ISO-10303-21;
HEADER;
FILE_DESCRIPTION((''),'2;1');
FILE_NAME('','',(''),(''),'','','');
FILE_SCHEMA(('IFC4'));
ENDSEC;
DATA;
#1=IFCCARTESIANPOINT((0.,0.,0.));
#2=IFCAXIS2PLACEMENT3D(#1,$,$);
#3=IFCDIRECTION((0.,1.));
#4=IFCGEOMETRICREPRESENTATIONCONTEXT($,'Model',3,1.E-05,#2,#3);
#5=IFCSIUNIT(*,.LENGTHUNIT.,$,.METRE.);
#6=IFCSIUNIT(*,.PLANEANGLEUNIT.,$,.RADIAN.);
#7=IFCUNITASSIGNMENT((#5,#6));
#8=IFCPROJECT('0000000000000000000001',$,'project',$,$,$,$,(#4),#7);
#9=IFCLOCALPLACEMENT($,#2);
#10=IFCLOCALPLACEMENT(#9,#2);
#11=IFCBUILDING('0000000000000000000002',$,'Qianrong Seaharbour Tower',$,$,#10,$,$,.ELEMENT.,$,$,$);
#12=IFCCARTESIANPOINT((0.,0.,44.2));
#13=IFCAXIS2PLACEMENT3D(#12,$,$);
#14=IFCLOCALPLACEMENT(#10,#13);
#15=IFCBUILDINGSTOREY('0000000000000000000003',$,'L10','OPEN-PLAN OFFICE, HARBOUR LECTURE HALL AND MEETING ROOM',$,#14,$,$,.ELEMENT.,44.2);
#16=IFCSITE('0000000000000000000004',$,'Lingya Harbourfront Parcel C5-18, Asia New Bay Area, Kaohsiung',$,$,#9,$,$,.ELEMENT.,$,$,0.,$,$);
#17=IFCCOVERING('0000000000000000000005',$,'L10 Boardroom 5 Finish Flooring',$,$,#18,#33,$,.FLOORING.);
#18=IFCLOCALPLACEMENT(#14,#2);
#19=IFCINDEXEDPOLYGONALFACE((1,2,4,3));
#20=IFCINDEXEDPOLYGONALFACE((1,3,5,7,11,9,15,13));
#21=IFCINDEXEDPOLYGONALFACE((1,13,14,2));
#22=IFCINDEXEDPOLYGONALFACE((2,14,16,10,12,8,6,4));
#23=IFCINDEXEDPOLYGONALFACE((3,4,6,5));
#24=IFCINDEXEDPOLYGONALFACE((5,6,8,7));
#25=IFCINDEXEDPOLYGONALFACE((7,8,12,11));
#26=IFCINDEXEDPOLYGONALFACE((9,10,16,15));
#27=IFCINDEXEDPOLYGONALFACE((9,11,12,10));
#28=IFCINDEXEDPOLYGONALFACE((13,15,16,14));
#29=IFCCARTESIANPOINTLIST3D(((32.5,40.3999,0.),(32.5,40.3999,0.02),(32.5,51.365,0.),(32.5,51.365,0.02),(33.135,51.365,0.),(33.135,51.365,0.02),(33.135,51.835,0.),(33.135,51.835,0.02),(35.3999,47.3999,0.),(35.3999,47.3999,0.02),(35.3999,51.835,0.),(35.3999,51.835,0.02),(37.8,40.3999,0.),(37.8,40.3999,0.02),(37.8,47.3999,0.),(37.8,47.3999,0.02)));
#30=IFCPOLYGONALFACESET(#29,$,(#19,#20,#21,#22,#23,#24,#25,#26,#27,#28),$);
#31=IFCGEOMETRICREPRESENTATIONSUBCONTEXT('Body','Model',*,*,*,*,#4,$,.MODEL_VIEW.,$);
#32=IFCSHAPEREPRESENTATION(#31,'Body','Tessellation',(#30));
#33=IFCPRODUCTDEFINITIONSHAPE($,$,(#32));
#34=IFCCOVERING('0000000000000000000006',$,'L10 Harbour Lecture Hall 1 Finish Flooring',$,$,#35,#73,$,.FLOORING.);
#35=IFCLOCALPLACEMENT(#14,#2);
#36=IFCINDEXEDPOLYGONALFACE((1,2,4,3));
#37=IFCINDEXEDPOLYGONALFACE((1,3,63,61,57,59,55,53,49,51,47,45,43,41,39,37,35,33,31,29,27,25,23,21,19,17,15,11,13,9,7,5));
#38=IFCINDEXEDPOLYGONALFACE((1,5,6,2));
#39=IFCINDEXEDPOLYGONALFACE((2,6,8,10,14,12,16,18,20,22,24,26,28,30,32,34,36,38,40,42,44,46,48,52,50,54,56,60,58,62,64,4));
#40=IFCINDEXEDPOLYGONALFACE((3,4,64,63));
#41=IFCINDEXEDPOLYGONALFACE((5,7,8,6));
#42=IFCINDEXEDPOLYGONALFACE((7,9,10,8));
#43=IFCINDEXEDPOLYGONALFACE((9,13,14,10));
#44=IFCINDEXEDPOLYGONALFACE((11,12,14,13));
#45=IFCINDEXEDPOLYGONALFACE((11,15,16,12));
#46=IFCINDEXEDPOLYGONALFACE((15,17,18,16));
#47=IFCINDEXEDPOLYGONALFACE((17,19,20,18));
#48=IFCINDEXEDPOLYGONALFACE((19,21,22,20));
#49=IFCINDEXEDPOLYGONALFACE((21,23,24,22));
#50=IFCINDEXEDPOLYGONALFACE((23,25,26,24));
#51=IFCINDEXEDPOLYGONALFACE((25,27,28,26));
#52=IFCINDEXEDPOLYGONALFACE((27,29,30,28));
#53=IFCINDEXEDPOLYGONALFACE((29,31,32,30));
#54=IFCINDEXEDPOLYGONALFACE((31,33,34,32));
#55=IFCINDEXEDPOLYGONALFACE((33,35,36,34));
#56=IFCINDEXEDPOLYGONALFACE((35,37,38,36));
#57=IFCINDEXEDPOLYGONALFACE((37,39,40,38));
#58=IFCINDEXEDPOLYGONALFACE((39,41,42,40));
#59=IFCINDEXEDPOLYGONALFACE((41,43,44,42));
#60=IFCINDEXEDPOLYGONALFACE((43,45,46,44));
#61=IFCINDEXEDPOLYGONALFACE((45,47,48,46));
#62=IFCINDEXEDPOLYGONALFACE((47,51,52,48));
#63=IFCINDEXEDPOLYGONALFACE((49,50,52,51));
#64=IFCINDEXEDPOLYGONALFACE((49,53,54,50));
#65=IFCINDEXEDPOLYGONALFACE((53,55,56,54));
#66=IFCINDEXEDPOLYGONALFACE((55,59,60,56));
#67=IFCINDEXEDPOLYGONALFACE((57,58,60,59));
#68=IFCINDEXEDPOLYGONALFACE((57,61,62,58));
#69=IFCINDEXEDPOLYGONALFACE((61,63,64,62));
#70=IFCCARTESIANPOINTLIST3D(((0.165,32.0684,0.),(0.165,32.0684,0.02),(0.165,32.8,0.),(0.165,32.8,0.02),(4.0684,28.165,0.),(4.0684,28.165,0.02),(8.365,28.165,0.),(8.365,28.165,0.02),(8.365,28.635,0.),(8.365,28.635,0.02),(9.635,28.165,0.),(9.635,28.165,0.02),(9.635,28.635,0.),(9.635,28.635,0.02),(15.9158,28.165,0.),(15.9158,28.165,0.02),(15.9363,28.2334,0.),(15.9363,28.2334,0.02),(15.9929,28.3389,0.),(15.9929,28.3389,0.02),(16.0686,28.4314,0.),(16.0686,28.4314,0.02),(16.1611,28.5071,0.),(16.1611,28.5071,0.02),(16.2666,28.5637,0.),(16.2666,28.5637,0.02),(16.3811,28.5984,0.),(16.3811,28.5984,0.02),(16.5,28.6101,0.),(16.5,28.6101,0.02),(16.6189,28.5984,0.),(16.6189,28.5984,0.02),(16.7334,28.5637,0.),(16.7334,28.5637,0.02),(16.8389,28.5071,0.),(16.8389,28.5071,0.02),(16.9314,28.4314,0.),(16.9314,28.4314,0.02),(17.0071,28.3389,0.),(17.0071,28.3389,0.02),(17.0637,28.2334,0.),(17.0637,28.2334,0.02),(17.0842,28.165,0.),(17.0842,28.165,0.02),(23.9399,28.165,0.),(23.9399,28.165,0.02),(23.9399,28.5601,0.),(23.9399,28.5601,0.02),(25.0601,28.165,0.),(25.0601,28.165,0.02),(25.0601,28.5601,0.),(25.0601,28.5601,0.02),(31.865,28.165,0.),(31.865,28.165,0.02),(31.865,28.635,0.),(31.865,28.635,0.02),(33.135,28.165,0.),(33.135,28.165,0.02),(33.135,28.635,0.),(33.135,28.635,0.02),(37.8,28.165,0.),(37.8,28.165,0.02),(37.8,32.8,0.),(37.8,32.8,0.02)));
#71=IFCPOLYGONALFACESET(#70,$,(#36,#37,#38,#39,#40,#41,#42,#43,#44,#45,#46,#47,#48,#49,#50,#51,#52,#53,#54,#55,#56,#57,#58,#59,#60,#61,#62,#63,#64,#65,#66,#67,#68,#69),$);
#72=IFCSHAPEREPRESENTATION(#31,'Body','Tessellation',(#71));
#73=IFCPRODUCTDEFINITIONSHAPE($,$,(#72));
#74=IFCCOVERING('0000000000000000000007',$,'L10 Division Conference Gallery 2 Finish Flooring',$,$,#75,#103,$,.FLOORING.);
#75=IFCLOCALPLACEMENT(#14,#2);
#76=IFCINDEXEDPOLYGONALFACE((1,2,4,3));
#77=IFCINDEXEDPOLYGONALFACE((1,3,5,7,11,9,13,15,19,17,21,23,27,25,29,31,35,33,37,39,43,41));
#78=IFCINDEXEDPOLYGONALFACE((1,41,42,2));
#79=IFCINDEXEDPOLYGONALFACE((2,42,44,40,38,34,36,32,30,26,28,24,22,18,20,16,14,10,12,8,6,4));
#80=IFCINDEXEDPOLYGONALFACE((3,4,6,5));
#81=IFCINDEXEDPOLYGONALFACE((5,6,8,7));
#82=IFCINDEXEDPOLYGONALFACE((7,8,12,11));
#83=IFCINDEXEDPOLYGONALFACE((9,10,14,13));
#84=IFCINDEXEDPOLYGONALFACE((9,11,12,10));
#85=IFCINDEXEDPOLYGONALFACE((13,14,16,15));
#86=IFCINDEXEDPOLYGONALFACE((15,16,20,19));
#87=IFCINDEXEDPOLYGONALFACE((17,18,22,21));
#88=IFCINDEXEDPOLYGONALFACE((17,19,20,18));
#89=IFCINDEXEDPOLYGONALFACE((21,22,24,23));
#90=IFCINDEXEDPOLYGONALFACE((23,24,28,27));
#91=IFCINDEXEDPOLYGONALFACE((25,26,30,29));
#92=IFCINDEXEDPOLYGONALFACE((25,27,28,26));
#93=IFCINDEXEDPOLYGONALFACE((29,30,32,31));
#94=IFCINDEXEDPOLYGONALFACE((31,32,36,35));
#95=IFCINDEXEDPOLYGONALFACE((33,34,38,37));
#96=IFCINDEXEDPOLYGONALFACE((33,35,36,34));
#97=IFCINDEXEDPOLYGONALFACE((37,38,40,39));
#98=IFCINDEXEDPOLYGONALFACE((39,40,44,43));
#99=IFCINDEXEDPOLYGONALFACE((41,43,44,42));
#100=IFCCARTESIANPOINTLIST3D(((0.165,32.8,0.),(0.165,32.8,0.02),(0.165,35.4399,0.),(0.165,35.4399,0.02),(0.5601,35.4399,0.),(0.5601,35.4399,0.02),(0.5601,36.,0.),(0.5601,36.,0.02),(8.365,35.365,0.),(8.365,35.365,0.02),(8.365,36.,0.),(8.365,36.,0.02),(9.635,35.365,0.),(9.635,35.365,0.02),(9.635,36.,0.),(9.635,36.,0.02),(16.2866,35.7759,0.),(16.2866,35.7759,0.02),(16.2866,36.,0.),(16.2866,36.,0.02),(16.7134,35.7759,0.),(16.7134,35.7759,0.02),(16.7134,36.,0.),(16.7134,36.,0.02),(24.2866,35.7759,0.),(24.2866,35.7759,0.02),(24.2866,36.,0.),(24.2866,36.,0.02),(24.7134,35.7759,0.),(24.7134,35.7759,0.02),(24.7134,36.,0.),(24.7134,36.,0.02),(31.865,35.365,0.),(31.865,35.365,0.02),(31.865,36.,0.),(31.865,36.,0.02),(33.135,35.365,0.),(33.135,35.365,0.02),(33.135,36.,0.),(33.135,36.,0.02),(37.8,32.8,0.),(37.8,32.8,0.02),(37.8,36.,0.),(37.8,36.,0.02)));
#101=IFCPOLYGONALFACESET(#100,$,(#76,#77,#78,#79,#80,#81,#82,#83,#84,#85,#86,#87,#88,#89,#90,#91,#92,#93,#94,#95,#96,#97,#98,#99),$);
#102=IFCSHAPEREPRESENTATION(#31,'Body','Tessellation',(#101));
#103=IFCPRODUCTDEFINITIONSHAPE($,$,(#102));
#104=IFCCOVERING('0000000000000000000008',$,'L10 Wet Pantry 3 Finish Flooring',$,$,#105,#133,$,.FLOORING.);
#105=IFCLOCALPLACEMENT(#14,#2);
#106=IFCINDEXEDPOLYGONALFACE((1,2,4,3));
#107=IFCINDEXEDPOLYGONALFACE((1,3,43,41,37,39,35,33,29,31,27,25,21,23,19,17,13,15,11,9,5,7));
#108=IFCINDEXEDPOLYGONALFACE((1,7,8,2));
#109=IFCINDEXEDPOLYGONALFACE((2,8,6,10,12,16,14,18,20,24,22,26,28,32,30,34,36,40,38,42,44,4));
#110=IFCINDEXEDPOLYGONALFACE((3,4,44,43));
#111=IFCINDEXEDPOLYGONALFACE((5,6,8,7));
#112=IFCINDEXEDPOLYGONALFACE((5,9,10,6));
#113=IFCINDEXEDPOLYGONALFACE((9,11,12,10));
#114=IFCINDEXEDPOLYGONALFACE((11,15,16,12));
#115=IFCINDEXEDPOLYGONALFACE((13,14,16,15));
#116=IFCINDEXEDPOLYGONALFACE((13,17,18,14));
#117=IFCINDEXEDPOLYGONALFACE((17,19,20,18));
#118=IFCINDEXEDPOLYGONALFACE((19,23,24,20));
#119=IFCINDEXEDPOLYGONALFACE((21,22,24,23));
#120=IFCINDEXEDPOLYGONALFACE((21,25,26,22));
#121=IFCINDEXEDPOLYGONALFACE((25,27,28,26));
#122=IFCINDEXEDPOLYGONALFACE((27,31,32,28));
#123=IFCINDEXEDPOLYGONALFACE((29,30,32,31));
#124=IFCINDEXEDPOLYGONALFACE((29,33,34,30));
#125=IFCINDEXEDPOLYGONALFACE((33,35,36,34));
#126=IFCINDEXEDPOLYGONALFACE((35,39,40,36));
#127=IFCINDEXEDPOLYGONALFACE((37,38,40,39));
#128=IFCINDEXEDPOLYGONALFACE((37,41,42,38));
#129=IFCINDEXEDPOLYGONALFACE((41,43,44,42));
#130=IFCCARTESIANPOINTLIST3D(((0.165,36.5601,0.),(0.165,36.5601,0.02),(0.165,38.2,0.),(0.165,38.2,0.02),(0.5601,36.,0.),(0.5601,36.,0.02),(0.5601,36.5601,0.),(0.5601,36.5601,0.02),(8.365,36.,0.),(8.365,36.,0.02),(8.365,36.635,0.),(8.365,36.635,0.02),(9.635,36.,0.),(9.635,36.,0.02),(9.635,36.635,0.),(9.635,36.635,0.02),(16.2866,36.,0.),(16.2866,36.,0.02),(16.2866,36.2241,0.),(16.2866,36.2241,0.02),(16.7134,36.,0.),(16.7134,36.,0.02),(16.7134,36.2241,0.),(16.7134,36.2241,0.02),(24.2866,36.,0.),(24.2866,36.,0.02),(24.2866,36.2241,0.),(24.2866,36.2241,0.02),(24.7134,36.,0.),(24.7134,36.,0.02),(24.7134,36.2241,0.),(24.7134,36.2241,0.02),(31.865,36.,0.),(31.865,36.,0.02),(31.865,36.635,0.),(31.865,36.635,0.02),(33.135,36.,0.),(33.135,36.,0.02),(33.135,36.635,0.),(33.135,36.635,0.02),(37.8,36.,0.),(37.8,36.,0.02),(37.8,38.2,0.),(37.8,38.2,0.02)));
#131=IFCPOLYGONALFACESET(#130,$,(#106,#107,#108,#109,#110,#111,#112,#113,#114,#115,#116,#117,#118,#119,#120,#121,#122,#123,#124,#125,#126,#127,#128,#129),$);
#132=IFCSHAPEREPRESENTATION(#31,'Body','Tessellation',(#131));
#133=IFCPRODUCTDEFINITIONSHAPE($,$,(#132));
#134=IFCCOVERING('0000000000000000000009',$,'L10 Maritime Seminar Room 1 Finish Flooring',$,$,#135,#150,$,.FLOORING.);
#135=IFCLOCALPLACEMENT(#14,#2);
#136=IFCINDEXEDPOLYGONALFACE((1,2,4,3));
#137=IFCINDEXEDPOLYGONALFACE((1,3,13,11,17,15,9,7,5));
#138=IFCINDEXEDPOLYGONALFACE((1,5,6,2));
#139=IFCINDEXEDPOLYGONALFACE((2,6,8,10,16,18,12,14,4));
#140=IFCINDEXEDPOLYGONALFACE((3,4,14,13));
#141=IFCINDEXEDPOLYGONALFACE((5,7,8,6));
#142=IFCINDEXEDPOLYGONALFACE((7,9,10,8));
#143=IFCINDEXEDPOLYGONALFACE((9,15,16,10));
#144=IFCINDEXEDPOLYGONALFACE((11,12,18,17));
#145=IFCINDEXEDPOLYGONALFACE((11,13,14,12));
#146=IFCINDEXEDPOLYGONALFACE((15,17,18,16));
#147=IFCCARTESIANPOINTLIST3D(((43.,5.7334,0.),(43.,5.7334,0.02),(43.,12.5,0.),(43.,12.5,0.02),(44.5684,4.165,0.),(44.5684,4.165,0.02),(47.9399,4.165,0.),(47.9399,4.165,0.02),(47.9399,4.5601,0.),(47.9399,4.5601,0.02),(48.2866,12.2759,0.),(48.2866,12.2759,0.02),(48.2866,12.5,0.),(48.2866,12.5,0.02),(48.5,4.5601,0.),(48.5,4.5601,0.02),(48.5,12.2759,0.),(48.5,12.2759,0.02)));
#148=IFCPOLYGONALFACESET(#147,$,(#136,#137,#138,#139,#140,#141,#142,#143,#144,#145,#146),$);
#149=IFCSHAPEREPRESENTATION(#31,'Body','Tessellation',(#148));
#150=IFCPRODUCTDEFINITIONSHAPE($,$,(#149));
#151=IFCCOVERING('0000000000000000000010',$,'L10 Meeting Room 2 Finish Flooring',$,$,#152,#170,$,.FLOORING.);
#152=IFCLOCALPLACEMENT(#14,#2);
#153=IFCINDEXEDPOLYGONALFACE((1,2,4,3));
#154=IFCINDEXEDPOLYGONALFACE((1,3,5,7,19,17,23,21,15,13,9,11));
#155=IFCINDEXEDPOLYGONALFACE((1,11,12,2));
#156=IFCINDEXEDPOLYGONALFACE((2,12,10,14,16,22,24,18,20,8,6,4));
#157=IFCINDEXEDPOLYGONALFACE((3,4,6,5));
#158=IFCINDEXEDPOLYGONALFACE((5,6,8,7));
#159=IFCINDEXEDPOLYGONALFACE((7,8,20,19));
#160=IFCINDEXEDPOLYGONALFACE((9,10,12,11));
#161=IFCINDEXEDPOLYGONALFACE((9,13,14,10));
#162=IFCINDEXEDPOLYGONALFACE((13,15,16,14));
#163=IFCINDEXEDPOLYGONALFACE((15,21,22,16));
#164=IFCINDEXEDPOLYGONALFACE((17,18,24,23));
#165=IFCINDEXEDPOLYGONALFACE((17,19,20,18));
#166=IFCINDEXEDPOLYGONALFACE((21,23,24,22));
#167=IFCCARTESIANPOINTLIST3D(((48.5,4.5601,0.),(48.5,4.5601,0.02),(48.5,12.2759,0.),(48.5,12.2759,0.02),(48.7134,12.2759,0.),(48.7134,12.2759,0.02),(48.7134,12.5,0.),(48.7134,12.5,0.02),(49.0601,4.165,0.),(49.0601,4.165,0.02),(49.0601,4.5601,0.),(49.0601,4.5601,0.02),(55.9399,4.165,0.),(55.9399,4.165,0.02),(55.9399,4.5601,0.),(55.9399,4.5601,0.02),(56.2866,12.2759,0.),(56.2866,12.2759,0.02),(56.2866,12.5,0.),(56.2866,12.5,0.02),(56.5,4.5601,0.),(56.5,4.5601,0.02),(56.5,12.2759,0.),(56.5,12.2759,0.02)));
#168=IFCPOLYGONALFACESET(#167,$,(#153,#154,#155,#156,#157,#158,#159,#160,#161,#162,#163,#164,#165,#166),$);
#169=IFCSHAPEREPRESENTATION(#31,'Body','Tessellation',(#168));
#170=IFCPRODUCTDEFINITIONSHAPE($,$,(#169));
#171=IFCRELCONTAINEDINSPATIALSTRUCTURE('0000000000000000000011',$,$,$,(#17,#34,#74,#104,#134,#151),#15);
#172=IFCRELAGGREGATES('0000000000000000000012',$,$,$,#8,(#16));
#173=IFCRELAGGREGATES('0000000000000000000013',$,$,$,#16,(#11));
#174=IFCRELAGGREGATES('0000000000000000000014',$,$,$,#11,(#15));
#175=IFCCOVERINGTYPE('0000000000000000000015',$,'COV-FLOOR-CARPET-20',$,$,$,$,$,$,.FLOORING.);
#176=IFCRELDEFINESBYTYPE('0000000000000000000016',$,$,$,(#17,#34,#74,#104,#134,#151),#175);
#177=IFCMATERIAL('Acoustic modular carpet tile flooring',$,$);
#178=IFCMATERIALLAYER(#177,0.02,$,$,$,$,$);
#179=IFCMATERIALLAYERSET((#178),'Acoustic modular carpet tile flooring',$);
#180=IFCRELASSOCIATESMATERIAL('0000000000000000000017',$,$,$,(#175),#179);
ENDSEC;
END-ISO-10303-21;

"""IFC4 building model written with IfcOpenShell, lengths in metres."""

from ifc_helpers import new_model, si_unit, direction, frame, origin, place, context, subcontext, project, spatial, polyline, outline, extrude, material, layer, layer_set, type_object, element, save


model = new_model("IFC4")

# Units and contexts
model_context = context("Model", 3, precision=1e-05, world=origin(), true_north=direction((0.0, 1.0)))
body_context = subcontext(model_context, "Body", "Model", "MODEL_VIEW")
ifc_project = project(units=[si_unit("LENGTHUNIT", "METRE"), si_unit("PLANEANGLEUNIT", "RADIAN")], contexts=[model_context])

# Site, building, storey
site_placement = place(None, origin())
site = spatial("IfcSite", under=ifc_project, at=site_placement, Name="Lingya Harbourfront Parcel C5-18, Asia New Bay Area, Kaohsiung", CompositionType="ELEMENT", RefElevation=0.0)
building_placement = place(site_placement, origin())
building = spatial("IfcBuilding", under=site, at=building_placement, Name="Qianrong Seaharbour Tower", CompositionType="ELEMENT")
storey_placement = place(building_placement, frame((0.0, 0.0, 44.2)))
storey = spatial("IfcBuildingStorey", under=building, at=storey_placement, Name="L10", Description="OPEN-PLAN OFFICE, HARBOUR LECTURE HALL AND MEETING ROOM", CompositionType="ELEMENT", Elevation=44.2)

# Coverings
ifc_material_1 = material(Name="Acoustic modular carpet tile flooring")
ifc_layer_1 = layer(ifc_material_1, 0.02)
ifc_layer_set_1 = layer_set([ifc_layer_1], Name="Acoustic modular carpet tile flooring")
covering_type_1 = type_object("IfcCoveringType", Name="COV-FLOOR-CARPET-20", PredefinedType="FLOORING", material=ifc_layer_set_1)
covering_1_placement = place(storey_placement, origin())
element("IfcCovering", 1, at=covering_1_placement, inside=storey, type_object=covering_type_1, Name="L10 Boardroom 5 Finish Flooring", PredefinedType="FLOORING", context=body_context, shape_type="SweptSolid", body=[
    extrude(outline(polyline([(32.5, 51.365), (33.135, 51.365), (33.135, 51.835), (35.3999, 51.835), (35.3999, 47.3999), (37.8, 47.3999), (37.8, 40.3999), (32.5, 40.3999), (32.5, 51.365)])), origin(), (0.0, 0.0, 1.0), 0.02),
])
covering_2_placement = place(storey_placement, origin())
element("IfcCovering", 2, at=covering_2_placement, inside=storey, type_object=covering_type_1, Name="L10 Harbour Lecture Hall 1 Finish Flooring", PredefinedType="FLOORING", context=body_context, shape_type="SweptSolid", body=[
    extrude(outline(polyline([(33.135, 28.165), (33.135, 28.635), (31.865, 28.635), (31.865, 28.165), (25.0601, 28.165), (25.0601, 28.5601), (23.9399, 28.5601), (23.9399, 28.165), (17.0842, 28.165), (17.0637, 28.2334), (17.0071, 28.3389), (16.9314, 28.4314), (16.8389, 28.5071), (16.7334, 28.5637), (16.6189, 28.5984), (16.5, 28.6101), (16.3811, 28.5984), (16.2666, 28.5637), (16.1611, 28.5071), (16.0686, 28.4314), (15.9929, 28.3389), (15.9363, 28.2334), (15.9158, 28.165), (9.635, 28.165), (9.635, 28.635), (8.365, 28.635), (8.365, 28.165), (4.0684, 28.165), (0.165, 32.0684), (0.165, 32.8), (37.8, 32.8), (37.8, 28.165), (33.135, 28.165)])), origin(), (0.0, 0.0, 1.0), 0.02),
])
covering_3_placement = place(storey_placement, origin())
element("IfcCovering", 3, at=covering_3_placement, inside=storey, type_object=covering_type_1, Name="L10 Division Conference Gallery 2 Finish Flooring", PredefinedType="FLOORING", context=body_context, shape_type="SweptSolid", body=[
    extrude(outline(polyline([(0.165, 32.8), (0.165, 35.4399), (0.5601, 35.4399), (0.5601, 36.0), (8.365, 36.0), (8.365, 35.365), (9.635, 35.365), (9.635, 36.0), (16.2866, 36.0), (16.2866, 35.7759), (16.7134, 35.7759), (16.7134, 36.0), (24.2866, 36.0), (24.2866, 35.7759), (24.7134, 35.7759), (24.7134, 36.0), (31.865, 36.0), (31.865, 35.365), (33.135, 35.365), (33.135, 36.0), (37.8, 36.0), (37.8, 32.8), (0.165, 32.8)])), origin(), (0.0, 0.0, 1.0), 0.02),
])
covering_4_placement = place(storey_placement, origin())
element("IfcCovering", 4, at=covering_4_placement, inside=storey, type_object=covering_type_1, Name="L10 Wet Pantry 3 Finish Flooring", PredefinedType="FLOORING", context=body_context, shape_type="SweptSolid", body=[
    extrude(outline(polyline([(33.135, 36.0), (33.135, 36.635), (31.865, 36.635), (31.865, 36.0), (24.7134, 36.0), (24.7134, 36.2241), (24.2866, 36.2241), (24.2866, 36.0), (16.7134, 36.0), (16.7134, 36.2241), (16.2866, 36.2241), (16.2866, 36.0), (9.635, 36.0), (9.635, 36.635), (8.365, 36.635), (8.365, 36.0), (0.5601, 36.0), (0.5601, 36.5601), (0.165, 36.5601), (0.165, 38.2), (37.8, 38.2), (37.8, 36.0), (33.135, 36.0)])), origin(), (0.0, 0.0, 1.0), 0.02),
])
covering_5_placement = place(storey_placement, origin())
element("IfcCovering", 5, at=covering_5_placement, inside=storey, type_object=covering_type_1, Name="L10 Maritime Seminar Room 1 Finish Flooring", PredefinedType="FLOORING", context=body_context, shape_type="SweptSolid", body=[
    extrude(outline(polyline([(48.5, 4.5601), (47.9399, 4.5601), (47.9399, 4.165), (44.5684, 4.165), (43.0, 5.7334), (43.0, 12.5), (48.2866, 12.5), (48.2866, 12.2759), (48.5, 12.2759), (48.5, 4.5601)])), origin(), (0.0, 0.0, 1.0), 0.02),
])
covering_6_placement = place(storey_placement, origin())
element("IfcCovering", 6, at=covering_6_placement, inside=storey, type_object=covering_type_1, Name="L10 Meeting Room 2 Finish Flooring", PredefinedType="FLOORING", context=body_context, shape_type="SweptSolid", body=[
    extrude(outline(polyline([(56.5, 4.5601), (55.9399, 4.5601), (55.9399, 4.165), (49.0601, 4.165), (49.0601, 4.5601), (48.5, 4.5601), (48.5, 12.2759), (48.7134, 12.2759), (48.7134, 12.5), (56.2866, 12.5), (56.2866, 12.2759), (56.5, 12.2759), (56.5, 4.5601)])), origin(), (0.0, 0.0, 1.0), 0.02),
])

save(model, "model.ifc")
